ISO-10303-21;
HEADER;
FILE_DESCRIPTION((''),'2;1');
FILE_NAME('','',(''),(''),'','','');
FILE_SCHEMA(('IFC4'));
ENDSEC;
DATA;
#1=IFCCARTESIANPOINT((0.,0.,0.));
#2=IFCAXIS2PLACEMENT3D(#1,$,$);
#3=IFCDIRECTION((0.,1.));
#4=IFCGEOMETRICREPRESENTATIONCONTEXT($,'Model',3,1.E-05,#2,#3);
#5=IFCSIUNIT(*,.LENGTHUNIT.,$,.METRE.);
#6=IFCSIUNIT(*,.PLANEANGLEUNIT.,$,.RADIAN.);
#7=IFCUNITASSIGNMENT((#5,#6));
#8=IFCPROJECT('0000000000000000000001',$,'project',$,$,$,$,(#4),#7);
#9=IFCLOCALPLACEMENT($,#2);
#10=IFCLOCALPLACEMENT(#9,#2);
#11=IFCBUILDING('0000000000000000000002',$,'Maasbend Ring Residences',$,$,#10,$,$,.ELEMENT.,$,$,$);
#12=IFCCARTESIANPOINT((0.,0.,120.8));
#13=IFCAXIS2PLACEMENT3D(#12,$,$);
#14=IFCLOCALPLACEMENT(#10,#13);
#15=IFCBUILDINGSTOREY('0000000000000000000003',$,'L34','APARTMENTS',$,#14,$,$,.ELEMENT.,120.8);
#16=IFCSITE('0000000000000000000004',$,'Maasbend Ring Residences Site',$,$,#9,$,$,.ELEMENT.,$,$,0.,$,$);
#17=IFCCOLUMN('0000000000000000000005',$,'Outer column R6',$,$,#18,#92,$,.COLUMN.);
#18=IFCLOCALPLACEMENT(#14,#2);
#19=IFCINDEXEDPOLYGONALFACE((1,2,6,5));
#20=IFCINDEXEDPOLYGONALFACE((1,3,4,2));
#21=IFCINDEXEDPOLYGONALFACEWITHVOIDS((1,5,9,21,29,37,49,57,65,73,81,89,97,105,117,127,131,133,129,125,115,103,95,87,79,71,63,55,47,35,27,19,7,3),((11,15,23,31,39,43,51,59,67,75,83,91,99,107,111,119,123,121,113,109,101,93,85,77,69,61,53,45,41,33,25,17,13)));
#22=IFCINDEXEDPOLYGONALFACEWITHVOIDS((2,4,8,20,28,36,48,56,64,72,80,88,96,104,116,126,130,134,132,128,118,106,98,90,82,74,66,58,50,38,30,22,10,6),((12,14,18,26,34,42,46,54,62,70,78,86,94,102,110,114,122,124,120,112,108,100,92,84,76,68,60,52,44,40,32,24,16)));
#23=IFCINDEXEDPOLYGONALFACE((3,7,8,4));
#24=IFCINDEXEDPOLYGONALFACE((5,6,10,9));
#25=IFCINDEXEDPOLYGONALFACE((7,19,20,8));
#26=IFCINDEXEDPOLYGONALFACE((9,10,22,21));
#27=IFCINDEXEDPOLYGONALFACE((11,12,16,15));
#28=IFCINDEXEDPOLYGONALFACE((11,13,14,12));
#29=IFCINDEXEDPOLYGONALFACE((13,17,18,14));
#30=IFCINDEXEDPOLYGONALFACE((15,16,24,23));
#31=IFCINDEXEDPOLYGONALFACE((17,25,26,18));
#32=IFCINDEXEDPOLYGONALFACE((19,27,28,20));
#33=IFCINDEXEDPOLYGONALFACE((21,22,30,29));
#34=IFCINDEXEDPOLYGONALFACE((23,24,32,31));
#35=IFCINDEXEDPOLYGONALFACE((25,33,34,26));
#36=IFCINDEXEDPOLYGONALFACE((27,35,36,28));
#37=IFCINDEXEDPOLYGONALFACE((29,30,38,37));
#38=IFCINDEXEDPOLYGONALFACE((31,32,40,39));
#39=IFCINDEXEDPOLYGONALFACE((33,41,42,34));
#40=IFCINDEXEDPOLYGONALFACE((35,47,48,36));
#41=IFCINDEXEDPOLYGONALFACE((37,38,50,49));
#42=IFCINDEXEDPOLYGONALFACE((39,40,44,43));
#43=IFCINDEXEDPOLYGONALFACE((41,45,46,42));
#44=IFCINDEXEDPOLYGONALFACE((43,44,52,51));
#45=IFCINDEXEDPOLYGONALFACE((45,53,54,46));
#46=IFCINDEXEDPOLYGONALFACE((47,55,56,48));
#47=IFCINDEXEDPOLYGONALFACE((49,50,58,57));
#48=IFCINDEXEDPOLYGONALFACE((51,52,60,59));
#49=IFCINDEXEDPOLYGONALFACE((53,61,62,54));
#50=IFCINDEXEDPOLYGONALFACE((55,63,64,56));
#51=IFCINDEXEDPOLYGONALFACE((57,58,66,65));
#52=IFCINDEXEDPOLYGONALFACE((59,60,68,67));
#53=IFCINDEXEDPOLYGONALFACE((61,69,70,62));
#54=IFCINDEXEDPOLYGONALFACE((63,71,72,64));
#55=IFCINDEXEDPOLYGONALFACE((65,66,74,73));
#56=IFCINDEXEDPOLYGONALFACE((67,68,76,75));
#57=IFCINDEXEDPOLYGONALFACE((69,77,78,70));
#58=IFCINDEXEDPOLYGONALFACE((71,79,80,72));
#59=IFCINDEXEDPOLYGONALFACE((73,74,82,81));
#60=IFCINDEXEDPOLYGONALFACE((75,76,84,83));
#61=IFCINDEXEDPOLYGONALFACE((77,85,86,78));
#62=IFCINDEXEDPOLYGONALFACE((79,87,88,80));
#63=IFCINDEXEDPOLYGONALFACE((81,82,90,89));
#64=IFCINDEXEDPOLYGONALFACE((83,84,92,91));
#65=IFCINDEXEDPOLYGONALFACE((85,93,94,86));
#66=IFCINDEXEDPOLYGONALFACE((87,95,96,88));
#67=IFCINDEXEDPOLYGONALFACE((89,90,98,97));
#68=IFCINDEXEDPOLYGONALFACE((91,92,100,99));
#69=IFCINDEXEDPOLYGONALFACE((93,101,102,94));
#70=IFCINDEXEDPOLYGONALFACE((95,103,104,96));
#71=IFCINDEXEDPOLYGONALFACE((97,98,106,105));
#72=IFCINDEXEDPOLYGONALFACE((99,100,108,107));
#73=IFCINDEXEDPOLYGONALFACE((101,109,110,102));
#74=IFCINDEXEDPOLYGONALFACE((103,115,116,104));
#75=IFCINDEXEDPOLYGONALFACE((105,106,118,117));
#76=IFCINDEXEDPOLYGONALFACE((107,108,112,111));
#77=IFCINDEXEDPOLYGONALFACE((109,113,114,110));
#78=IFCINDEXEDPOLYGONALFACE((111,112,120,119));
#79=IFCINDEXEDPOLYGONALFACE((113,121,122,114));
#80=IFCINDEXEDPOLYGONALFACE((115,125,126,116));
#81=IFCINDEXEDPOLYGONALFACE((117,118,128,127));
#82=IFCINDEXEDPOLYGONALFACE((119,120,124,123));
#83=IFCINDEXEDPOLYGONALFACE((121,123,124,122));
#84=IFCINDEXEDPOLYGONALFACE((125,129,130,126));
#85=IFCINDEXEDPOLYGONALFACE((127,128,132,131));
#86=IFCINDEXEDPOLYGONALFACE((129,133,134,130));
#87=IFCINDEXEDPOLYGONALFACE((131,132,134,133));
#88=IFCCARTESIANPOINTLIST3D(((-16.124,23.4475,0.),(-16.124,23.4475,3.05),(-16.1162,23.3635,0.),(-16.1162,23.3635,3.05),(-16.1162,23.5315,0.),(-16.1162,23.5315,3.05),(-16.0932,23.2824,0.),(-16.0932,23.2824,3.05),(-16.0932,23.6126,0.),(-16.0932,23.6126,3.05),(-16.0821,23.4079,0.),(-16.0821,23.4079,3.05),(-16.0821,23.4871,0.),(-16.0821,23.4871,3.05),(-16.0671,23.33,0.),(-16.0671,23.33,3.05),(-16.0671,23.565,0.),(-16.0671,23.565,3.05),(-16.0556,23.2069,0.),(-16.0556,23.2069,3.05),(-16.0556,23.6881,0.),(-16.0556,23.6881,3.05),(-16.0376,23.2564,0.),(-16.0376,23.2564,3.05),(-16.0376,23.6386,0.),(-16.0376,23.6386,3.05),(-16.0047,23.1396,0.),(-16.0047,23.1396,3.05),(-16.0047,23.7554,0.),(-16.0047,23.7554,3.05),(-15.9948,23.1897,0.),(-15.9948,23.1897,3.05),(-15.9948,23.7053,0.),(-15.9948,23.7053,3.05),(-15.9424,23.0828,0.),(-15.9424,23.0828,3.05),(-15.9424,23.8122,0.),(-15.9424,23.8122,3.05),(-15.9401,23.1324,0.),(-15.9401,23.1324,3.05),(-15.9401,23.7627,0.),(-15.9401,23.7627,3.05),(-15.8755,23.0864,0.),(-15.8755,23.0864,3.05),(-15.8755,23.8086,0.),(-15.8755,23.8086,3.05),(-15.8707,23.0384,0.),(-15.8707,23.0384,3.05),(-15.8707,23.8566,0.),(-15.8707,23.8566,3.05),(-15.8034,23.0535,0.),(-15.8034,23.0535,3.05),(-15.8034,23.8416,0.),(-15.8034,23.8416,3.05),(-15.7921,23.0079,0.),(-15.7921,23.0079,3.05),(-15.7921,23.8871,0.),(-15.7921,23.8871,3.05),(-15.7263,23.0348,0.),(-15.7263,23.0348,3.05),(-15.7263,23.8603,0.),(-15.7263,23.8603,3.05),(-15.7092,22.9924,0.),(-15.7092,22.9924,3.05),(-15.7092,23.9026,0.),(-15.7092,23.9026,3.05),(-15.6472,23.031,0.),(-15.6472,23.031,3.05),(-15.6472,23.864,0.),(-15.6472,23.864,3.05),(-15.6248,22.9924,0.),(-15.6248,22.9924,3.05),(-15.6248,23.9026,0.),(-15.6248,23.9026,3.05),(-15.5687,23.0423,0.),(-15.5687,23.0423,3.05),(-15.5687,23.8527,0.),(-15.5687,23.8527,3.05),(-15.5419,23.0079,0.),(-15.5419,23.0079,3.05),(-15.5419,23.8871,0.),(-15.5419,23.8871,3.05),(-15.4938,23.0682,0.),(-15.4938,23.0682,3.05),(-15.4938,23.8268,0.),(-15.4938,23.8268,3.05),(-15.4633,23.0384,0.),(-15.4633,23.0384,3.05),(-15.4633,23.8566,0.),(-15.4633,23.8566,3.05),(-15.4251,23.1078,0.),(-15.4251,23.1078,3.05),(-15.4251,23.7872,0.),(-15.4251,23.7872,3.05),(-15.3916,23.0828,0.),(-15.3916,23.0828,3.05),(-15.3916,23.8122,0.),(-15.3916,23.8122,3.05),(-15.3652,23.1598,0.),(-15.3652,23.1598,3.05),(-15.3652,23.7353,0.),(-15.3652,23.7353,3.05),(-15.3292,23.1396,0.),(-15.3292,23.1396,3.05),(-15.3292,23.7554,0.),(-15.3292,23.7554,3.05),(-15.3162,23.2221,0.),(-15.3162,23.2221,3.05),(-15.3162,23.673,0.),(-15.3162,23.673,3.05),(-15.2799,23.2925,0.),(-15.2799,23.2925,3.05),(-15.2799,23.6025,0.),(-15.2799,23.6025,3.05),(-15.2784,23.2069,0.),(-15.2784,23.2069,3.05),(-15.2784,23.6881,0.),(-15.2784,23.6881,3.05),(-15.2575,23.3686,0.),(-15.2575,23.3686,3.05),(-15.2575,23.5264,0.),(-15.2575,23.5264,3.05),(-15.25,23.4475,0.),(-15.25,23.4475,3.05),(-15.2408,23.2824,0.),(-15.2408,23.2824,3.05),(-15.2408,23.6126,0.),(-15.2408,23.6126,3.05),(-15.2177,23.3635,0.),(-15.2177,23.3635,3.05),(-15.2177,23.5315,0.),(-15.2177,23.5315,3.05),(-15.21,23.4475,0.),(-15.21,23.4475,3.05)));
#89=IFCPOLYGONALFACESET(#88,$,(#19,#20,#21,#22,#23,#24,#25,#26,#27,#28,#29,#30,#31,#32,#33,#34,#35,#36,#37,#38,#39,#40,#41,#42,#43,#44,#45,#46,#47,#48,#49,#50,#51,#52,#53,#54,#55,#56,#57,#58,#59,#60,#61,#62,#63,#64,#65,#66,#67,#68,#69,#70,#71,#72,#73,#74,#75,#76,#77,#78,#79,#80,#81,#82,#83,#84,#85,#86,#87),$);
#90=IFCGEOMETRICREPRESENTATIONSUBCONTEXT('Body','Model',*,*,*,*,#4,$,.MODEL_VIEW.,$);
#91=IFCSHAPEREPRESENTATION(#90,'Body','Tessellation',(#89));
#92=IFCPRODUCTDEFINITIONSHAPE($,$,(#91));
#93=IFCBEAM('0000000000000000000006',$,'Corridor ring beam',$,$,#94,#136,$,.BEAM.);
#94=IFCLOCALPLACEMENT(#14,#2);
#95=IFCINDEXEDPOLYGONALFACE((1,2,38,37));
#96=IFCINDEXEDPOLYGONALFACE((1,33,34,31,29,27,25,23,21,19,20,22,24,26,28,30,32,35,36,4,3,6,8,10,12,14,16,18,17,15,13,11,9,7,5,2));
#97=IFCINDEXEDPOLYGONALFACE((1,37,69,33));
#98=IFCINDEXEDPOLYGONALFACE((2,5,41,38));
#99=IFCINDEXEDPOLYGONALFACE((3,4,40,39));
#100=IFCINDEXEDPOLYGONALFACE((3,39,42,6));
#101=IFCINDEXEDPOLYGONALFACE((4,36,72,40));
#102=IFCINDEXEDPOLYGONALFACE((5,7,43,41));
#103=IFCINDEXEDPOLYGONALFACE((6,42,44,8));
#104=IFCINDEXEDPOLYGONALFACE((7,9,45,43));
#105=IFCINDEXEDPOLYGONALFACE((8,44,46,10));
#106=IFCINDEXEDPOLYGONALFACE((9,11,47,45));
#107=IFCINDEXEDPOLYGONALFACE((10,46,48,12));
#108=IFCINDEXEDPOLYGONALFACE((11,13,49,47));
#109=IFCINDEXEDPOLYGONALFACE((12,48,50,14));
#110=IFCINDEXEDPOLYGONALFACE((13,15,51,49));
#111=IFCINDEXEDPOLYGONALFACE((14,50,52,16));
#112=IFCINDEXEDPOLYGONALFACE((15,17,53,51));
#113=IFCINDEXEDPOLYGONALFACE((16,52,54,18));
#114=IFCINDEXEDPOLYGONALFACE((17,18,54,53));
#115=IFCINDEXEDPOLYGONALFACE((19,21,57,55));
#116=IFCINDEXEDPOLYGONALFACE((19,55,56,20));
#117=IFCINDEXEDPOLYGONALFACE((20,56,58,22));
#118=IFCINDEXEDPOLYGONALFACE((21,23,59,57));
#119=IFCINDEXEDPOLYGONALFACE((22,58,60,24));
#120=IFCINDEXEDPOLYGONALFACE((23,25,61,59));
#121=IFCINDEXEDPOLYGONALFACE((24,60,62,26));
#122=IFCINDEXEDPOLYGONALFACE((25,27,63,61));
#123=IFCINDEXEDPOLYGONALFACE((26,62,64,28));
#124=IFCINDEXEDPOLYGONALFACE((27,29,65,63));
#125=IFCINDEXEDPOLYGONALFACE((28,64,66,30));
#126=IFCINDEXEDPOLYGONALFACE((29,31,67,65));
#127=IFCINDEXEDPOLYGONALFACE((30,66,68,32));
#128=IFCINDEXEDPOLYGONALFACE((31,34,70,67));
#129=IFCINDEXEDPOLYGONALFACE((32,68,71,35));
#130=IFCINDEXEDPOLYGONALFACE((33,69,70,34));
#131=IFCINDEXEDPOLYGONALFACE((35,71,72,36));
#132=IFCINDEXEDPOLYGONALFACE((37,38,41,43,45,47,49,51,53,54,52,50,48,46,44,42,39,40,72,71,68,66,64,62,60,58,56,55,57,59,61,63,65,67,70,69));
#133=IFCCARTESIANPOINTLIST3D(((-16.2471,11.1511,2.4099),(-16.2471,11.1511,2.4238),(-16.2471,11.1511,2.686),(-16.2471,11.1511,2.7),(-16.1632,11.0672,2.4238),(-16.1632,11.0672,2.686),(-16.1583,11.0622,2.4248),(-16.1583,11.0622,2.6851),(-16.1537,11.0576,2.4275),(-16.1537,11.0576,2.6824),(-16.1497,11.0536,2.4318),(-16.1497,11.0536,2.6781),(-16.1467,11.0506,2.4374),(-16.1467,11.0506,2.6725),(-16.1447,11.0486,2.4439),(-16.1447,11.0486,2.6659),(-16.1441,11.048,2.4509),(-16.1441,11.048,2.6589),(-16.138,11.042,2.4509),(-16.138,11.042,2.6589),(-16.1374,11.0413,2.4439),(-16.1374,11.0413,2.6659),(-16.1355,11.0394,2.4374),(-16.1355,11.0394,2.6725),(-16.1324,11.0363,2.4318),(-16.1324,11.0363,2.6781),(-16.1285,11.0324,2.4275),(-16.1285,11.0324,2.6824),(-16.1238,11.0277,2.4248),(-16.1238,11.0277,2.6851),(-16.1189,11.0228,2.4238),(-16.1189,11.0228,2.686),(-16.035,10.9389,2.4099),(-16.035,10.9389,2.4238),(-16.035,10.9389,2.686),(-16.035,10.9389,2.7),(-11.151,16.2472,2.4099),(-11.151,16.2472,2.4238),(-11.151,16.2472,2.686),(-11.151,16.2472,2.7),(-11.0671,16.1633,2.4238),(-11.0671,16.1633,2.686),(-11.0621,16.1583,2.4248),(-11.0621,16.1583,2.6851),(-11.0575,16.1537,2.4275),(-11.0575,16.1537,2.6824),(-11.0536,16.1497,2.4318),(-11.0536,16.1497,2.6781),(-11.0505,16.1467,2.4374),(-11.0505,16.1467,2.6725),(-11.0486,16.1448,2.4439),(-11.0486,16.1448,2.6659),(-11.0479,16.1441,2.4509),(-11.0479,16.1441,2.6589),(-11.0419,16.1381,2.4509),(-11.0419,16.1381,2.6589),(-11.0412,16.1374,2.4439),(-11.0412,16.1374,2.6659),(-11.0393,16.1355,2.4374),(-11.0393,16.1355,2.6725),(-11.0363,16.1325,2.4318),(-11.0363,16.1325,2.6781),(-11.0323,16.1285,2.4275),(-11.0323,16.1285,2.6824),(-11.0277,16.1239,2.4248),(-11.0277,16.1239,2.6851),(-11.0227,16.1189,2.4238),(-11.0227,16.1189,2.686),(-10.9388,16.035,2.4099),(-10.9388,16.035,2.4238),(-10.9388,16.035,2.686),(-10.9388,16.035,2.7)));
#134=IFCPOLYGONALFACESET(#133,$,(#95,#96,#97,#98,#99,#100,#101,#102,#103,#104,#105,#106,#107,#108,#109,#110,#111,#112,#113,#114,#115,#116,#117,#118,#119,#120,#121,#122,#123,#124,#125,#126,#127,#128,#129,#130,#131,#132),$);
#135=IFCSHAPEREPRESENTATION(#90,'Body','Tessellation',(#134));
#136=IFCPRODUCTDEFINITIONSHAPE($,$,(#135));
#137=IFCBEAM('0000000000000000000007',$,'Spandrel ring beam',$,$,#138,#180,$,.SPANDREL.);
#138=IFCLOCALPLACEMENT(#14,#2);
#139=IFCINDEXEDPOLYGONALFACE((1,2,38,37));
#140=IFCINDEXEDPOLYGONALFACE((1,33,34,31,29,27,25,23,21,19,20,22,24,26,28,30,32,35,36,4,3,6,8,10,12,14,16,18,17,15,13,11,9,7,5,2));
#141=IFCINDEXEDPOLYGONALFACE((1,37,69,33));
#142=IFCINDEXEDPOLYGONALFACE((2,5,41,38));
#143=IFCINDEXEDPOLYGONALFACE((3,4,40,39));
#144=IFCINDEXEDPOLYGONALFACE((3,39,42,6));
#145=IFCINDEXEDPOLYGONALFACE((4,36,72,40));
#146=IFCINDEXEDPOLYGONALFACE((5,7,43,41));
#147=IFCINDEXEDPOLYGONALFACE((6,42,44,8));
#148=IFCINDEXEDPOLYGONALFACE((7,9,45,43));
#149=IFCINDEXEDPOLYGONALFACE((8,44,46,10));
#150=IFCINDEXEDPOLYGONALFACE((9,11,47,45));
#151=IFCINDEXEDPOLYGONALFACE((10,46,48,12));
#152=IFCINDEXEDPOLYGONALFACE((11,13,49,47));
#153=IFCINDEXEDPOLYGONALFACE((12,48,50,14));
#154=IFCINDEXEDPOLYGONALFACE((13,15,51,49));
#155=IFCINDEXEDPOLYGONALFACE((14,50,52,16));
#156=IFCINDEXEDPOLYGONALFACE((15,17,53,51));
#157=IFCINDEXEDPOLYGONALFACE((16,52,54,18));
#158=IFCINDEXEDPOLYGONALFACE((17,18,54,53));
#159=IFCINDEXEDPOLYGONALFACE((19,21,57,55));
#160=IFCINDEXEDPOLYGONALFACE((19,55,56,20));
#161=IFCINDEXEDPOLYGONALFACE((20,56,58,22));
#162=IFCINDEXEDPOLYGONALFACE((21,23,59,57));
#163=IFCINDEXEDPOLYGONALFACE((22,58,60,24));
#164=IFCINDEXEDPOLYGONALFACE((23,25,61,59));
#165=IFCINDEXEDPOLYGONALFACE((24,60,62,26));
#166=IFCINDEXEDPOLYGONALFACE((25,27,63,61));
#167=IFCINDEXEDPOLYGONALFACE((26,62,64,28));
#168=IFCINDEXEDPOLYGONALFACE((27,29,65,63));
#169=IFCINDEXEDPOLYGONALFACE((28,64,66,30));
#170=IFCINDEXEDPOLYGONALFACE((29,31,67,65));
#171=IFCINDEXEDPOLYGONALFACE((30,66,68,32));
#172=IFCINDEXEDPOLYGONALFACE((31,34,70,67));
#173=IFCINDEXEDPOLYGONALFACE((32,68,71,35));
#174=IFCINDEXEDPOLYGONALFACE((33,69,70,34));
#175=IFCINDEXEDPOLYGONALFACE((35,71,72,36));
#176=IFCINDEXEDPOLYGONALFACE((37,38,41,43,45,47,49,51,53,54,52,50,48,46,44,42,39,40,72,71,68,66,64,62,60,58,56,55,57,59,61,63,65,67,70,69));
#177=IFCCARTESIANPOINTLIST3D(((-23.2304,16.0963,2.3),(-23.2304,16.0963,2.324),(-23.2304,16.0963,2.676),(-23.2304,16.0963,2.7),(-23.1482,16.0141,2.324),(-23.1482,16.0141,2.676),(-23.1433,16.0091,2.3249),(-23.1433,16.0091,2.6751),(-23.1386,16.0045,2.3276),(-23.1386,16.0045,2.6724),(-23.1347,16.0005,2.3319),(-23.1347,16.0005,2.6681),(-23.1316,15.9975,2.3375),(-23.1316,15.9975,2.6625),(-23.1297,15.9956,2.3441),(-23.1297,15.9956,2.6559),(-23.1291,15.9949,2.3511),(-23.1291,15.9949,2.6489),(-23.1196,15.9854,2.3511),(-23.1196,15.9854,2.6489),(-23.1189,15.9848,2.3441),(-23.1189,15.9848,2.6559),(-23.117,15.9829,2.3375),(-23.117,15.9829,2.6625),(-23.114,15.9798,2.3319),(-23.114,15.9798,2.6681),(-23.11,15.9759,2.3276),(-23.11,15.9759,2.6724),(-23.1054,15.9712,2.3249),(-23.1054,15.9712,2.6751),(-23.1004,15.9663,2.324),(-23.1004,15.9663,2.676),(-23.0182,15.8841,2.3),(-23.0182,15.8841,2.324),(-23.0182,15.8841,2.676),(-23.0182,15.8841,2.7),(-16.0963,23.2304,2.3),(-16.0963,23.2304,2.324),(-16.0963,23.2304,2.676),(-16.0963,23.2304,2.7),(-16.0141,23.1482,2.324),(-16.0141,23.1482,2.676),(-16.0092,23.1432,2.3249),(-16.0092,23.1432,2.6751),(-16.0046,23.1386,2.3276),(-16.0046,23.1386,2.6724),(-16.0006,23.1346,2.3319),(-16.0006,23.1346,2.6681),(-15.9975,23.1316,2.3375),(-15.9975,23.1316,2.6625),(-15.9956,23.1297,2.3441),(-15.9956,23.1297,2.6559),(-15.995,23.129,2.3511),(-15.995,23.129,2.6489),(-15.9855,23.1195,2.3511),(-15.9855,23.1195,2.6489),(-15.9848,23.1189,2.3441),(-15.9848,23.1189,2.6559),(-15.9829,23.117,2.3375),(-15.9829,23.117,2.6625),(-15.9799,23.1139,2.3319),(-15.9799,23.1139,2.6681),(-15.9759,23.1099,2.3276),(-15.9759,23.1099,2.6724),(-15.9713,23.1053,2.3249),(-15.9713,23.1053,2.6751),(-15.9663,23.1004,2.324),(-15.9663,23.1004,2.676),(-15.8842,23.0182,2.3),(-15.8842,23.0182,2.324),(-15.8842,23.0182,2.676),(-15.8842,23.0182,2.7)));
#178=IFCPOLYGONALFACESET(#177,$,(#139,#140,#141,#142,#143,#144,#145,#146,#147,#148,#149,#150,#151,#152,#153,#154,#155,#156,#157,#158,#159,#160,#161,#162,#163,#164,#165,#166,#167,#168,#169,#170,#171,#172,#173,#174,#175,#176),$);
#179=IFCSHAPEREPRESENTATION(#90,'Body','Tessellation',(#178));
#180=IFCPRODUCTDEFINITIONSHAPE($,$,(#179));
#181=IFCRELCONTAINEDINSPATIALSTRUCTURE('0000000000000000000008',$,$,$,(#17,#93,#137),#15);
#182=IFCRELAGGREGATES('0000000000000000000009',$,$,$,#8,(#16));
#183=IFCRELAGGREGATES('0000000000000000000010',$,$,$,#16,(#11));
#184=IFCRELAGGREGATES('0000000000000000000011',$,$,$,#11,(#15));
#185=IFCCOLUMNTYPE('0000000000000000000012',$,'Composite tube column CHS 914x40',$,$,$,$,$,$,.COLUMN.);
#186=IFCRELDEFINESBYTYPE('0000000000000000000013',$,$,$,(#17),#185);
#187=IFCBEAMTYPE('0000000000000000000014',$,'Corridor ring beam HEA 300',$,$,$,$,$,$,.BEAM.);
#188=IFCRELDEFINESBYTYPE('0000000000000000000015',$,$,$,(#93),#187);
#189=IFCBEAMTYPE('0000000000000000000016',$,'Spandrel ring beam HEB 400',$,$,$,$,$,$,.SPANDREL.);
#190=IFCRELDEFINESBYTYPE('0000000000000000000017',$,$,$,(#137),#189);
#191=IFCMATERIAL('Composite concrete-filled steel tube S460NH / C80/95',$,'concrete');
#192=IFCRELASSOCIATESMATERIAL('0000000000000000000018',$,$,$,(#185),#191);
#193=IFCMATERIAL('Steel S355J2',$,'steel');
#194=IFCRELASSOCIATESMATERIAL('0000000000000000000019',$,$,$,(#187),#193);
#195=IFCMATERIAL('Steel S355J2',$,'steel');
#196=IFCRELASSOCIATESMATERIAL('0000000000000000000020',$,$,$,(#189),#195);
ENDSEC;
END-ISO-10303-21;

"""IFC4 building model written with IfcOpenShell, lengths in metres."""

from ifc_helpers import new_model, si_unit, direction, frame, origin, origin_2d, place, context, subcontext, project, spatial, hollow_circle, i_section, extrude, material, material_profile, profile_set, type_object, element, save


model = new_model("IFC4")

# Units and contexts
model_context = context("Model", 3, precision=1e-05, world=origin(), true_north=direction((0.0, 1.0)))
body_context = subcontext(model_context, "Body", "Model", "MODEL_VIEW")
ifc_project = project(units=[si_unit("LENGTHUNIT", "METRE"), si_unit("PLANEANGLEUNIT", "RADIAN")], contexts=[model_context])

# Site, building, storey
site_placement = place(None, origin())
site = spatial("IfcSite", under=ifc_project, at=site_placement, Name="Maasbend Ring Residences Site", CompositionType="ELEMENT", RefElevation=0.0)
building_placement = place(site_placement, origin())
building = spatial("IfcBuilding", under=site, at=building_placement, Name="Maasbend Ring Residences", CompositionType="ELEMENT")
storey_placement = place(building_placement, frame((0.0, 0.0, 120.8)))
storey = spatial("IfcBuildingStorey", under=building, at=storey_placement, Name="L34", Description="APARTMENTS", CompositionType="ELEMENT", Elevation=120.8)

# Column
ifc_material_1 = material(Name="Composite concrete-filled steel tube S460NH / C80/95", Category="concrete")
ifc_material_profile_1 = material_profile(ifc_material_1, hollow_circle(Radius=0.457, WallThickness=0.04, at=origin_2d()), Name="Composite tube column CHS 914x40")
ifc_profile_set_1 = profile_set([ifc_material_profile_1], Name="Composite concrete-filled steel tube S460NH / C80/95")
column_type = type_object("IfcColumnType", Name="Composite tube column CHS 914x40", PredefinedType="COLUMN", material=ifc_profile_set_1)
column_placement = place(storey_placement, frame((-15.667, 23.4475, 0.0), z_axis=(0.0, 0.0, 1.0), x_axis=(1.0, 0.0, 0.0)))
element("IfcColumn", 1, at=column_placement, inside=storey, type_object=column_type, Name="Outer column R6", PredefinedType="COLUMN", context=body_context, shape_type="SweptSolid", body=[
    extrude(hollow_circle(Radius=0.457, WallThickness=0.04, at=origin_2d()), origin(), (0.0, 0.0, 1.0), 3.05),
])

# Beams
ifc_material_2 = material(Name="Steel S355J2", Category="steel")
ifc_material_profile_2 = material_profile(ifc_material_2, i_section(OverallWidth=0.3, OverallDepth=0.29, WebThickness=0.0085, FlangeThickness=0.0139, FilletRadius=0.0271, at=origin_2d()), Name="HEA 300")
ifc_profile_set_2 = profile_set([ifc_material_profile_2], Name="Steel S355J2")
beam_type_1 = type_object("IfcBeamType", Name="Corridor ring beam HEA 300", PredefinedType="BEAM", material=ifc_profile_set_2)
beam_1_placement = place(storey_placement, frame((-11.0449, 16.1411, 2.5549), z_axis=(-0.707107, -0.707107, 0.0), x_axis=(0.707107, -0.707107, 0.0)))
element("IfcBeam", 2, at=beam_1_placement, inside=storey, type_object=beam_type_1, Name="Corridor ring beam", PredefinedType="BEAM", context=body_context, shape_type="SweptSolid", body=[
    extrude(i_section(OverallWidth=0.3, OverallDepth=0.29, WebThickness=0.0085, FlangeThickness=0.0139, FilletRadius=0.0271, at=origin_2d()), origin(), (0.0, 0.0, 1.0), 7.207),
])
ifc_material_3 = material(Name="Steel S355J2", Category="steel")
ifc_material_profile_3 = material_profile(ifc_material_3, i_section(OverallWidth=0.3, OverallDepth=0.3999, WebThickness=0.0134, FlangeThickness=0.0239, FilletRadius=0.0271, at=origin_2d()), Name="HEB 400")
ifc_profile_set_3 = profile_set([ifc_material_profile_3], Name="Steel S355J2")
beam_type_2 = type_object("IfcBeamType", Name="Spandrel ring beam HEB 400", PredefinedType="SPANDREL", material=ifc_profile_set_3)
beam_2_placement = place(storey_placement, frame((-15.9902, 23.1243, 2.5), z_axis=(-0.707107, -0.707107, 0.0), x_axis=(0.707107, -0.707107, 0.0)))
element("IfcBeam", 3, at=beam_2_placement, inside=storey, type_object=beam_type_2, Name="Spandrel ring beam", PredefinedType="SPANDREL", context=body_context, shape_type="SweptSolid", body=[
    extrude(i_section(OverallWidth=0.3, OverallDepth=0.3999, WebThickness=0.0134, FlangeThickness=0.0239, FilletRadius=0.0271, at=origin_2d()), origin(), (0.0, 0.0, 1.0), 10.0891),
])

save(model, "model.ifc")
